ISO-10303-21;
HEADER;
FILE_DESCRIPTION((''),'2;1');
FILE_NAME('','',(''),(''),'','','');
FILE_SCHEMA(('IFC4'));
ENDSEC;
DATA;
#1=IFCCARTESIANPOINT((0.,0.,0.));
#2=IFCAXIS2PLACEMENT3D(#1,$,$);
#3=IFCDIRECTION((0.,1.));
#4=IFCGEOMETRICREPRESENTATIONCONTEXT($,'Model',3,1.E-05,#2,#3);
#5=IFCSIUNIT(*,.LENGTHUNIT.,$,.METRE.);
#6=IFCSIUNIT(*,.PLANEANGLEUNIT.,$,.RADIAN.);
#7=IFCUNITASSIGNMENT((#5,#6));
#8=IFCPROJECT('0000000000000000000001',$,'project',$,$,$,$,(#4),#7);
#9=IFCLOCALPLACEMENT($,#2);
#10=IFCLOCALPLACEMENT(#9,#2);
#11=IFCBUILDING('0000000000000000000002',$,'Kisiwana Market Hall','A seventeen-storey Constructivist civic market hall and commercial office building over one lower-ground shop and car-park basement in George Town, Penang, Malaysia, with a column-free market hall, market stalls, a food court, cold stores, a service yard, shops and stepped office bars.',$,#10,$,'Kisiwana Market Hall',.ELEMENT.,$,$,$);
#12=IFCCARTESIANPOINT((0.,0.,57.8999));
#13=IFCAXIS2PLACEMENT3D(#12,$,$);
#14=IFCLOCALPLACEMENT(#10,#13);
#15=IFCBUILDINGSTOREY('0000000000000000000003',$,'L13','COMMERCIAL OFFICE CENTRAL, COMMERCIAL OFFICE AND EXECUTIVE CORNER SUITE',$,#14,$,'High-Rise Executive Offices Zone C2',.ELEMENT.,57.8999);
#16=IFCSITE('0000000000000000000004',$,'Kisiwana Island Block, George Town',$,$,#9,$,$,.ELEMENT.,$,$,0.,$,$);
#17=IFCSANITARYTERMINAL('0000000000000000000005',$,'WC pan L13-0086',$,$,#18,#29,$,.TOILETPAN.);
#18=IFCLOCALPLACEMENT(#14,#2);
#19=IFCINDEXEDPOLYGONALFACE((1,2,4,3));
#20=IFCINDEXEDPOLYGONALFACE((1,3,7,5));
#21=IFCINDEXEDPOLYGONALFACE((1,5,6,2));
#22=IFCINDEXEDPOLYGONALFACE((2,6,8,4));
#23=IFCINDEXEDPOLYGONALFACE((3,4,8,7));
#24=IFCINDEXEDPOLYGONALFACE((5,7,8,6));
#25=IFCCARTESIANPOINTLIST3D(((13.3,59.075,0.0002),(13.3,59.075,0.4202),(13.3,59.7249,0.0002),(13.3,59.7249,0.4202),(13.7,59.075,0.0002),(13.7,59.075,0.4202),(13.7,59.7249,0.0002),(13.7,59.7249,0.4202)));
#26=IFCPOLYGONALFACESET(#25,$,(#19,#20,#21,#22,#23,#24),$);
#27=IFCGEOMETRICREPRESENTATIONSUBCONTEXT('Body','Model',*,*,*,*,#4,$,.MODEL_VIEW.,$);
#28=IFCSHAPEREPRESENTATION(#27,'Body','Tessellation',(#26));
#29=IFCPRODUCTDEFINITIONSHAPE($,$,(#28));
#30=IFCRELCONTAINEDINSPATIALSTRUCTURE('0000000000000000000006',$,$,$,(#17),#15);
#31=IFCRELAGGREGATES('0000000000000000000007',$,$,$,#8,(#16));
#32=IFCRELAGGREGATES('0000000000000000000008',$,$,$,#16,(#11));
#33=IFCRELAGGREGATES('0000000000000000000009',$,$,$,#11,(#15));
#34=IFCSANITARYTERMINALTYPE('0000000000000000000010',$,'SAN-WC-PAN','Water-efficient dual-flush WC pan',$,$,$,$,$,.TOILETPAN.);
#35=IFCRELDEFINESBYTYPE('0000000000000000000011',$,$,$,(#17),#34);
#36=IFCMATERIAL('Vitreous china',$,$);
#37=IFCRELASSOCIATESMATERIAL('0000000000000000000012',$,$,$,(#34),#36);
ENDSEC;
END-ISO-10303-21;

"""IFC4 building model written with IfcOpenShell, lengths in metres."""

from ifc_helpers import new_model, si_unit, direction, frame, origin, origin_2d, place, context, subcontext, project, spatial, rectangle, extrude, material, type_object, element, save


model = new_model("IFC4")

# Units and contexts
model_context = context("Model", 3, precision=1e-05, world=origin(), true_north=direction((0.0, 1.0)))
body_context = subcontext(model_context, "Body", "Model", "MODEL_VIEW")
ifc_project = project(units=[si_unit("LENGTHUNIT", "METRE"), si_unit("PLANEANGLEUNIT", "RADIAN")], contexts=[model_context])

# Site, building, storey
site_placement = place(None, origin())
site = spatial("IfcSite", under=ifc_project, at=site_placement, Name="Kisiwana Island Block, George Town", CompositionType="ELEMENT", RefElevation=0.0)
building_placement = place(site_placement, origin())
building = spatial("IfcBuilding", under=site, at=building_placement, Name="Kisiwana Market Hall", Description="A seventeen-storey Constructivist civic market hall and commercial office building over one lower-ground shop and car-park basement in George Town, Penang, Malaysia, with a column-free market hall, market stalls, a food court, cold stores, a service yard, shops and stepped office bars.", LongName="Kisiwana Market Hall", CompositionType="ELEMENT")
storey_placement = place(building_placement, frame((0.0, 0.0, 57.8999)))
storey = spatial("IfcBuildingStorey", under=building, at=storey_placement, Name="L13", Description="COMMERCIAL OFFICE CENTRAL, COMMERCIAL OFFICE AND EXECUTIVE CORNER SUITE", LongName="High-Rise Executive Offices Zone C2", CompositionType="ELEMENT", Elevation=57.8999)

# Sanitary terminal
ifc_material_1 = material(Name="Vitreous china")
sanitary_terminal_type_1 = type_object("IfcSanitaryTerminalType", Name="SAN-WC-PAN", Description="Water-efficient dual-flush WC pan", PredefinedType="TOILETPAN", material=ifc_material_1)
for number, where, z_axis, x_axis, name in (
    (1, (13.5, 59.3999, 0.0002), (0.0, 0.0, 1.0), (1.0, 0.0, 0.0), "WC pan L13-0086"),
):
    element("IfcSanitaryTerminal", number, at=place(storey_placement, frame(where, z_axis=z_axis, x_axis=x_axis)), inside=storey, type_object=sanitary_terminal_type_1, Name=name, PredefinedType="TOILETPAN", context=body_context, shape_type="SweptSolid", body=[
        extrude(rectangle(XDim=0.3999, YDim=0.6499, at=origin_2d()), origin(), (0.0, 0.0, 1.0), 0.4199),
    ])

save(model, "model.ifc")
